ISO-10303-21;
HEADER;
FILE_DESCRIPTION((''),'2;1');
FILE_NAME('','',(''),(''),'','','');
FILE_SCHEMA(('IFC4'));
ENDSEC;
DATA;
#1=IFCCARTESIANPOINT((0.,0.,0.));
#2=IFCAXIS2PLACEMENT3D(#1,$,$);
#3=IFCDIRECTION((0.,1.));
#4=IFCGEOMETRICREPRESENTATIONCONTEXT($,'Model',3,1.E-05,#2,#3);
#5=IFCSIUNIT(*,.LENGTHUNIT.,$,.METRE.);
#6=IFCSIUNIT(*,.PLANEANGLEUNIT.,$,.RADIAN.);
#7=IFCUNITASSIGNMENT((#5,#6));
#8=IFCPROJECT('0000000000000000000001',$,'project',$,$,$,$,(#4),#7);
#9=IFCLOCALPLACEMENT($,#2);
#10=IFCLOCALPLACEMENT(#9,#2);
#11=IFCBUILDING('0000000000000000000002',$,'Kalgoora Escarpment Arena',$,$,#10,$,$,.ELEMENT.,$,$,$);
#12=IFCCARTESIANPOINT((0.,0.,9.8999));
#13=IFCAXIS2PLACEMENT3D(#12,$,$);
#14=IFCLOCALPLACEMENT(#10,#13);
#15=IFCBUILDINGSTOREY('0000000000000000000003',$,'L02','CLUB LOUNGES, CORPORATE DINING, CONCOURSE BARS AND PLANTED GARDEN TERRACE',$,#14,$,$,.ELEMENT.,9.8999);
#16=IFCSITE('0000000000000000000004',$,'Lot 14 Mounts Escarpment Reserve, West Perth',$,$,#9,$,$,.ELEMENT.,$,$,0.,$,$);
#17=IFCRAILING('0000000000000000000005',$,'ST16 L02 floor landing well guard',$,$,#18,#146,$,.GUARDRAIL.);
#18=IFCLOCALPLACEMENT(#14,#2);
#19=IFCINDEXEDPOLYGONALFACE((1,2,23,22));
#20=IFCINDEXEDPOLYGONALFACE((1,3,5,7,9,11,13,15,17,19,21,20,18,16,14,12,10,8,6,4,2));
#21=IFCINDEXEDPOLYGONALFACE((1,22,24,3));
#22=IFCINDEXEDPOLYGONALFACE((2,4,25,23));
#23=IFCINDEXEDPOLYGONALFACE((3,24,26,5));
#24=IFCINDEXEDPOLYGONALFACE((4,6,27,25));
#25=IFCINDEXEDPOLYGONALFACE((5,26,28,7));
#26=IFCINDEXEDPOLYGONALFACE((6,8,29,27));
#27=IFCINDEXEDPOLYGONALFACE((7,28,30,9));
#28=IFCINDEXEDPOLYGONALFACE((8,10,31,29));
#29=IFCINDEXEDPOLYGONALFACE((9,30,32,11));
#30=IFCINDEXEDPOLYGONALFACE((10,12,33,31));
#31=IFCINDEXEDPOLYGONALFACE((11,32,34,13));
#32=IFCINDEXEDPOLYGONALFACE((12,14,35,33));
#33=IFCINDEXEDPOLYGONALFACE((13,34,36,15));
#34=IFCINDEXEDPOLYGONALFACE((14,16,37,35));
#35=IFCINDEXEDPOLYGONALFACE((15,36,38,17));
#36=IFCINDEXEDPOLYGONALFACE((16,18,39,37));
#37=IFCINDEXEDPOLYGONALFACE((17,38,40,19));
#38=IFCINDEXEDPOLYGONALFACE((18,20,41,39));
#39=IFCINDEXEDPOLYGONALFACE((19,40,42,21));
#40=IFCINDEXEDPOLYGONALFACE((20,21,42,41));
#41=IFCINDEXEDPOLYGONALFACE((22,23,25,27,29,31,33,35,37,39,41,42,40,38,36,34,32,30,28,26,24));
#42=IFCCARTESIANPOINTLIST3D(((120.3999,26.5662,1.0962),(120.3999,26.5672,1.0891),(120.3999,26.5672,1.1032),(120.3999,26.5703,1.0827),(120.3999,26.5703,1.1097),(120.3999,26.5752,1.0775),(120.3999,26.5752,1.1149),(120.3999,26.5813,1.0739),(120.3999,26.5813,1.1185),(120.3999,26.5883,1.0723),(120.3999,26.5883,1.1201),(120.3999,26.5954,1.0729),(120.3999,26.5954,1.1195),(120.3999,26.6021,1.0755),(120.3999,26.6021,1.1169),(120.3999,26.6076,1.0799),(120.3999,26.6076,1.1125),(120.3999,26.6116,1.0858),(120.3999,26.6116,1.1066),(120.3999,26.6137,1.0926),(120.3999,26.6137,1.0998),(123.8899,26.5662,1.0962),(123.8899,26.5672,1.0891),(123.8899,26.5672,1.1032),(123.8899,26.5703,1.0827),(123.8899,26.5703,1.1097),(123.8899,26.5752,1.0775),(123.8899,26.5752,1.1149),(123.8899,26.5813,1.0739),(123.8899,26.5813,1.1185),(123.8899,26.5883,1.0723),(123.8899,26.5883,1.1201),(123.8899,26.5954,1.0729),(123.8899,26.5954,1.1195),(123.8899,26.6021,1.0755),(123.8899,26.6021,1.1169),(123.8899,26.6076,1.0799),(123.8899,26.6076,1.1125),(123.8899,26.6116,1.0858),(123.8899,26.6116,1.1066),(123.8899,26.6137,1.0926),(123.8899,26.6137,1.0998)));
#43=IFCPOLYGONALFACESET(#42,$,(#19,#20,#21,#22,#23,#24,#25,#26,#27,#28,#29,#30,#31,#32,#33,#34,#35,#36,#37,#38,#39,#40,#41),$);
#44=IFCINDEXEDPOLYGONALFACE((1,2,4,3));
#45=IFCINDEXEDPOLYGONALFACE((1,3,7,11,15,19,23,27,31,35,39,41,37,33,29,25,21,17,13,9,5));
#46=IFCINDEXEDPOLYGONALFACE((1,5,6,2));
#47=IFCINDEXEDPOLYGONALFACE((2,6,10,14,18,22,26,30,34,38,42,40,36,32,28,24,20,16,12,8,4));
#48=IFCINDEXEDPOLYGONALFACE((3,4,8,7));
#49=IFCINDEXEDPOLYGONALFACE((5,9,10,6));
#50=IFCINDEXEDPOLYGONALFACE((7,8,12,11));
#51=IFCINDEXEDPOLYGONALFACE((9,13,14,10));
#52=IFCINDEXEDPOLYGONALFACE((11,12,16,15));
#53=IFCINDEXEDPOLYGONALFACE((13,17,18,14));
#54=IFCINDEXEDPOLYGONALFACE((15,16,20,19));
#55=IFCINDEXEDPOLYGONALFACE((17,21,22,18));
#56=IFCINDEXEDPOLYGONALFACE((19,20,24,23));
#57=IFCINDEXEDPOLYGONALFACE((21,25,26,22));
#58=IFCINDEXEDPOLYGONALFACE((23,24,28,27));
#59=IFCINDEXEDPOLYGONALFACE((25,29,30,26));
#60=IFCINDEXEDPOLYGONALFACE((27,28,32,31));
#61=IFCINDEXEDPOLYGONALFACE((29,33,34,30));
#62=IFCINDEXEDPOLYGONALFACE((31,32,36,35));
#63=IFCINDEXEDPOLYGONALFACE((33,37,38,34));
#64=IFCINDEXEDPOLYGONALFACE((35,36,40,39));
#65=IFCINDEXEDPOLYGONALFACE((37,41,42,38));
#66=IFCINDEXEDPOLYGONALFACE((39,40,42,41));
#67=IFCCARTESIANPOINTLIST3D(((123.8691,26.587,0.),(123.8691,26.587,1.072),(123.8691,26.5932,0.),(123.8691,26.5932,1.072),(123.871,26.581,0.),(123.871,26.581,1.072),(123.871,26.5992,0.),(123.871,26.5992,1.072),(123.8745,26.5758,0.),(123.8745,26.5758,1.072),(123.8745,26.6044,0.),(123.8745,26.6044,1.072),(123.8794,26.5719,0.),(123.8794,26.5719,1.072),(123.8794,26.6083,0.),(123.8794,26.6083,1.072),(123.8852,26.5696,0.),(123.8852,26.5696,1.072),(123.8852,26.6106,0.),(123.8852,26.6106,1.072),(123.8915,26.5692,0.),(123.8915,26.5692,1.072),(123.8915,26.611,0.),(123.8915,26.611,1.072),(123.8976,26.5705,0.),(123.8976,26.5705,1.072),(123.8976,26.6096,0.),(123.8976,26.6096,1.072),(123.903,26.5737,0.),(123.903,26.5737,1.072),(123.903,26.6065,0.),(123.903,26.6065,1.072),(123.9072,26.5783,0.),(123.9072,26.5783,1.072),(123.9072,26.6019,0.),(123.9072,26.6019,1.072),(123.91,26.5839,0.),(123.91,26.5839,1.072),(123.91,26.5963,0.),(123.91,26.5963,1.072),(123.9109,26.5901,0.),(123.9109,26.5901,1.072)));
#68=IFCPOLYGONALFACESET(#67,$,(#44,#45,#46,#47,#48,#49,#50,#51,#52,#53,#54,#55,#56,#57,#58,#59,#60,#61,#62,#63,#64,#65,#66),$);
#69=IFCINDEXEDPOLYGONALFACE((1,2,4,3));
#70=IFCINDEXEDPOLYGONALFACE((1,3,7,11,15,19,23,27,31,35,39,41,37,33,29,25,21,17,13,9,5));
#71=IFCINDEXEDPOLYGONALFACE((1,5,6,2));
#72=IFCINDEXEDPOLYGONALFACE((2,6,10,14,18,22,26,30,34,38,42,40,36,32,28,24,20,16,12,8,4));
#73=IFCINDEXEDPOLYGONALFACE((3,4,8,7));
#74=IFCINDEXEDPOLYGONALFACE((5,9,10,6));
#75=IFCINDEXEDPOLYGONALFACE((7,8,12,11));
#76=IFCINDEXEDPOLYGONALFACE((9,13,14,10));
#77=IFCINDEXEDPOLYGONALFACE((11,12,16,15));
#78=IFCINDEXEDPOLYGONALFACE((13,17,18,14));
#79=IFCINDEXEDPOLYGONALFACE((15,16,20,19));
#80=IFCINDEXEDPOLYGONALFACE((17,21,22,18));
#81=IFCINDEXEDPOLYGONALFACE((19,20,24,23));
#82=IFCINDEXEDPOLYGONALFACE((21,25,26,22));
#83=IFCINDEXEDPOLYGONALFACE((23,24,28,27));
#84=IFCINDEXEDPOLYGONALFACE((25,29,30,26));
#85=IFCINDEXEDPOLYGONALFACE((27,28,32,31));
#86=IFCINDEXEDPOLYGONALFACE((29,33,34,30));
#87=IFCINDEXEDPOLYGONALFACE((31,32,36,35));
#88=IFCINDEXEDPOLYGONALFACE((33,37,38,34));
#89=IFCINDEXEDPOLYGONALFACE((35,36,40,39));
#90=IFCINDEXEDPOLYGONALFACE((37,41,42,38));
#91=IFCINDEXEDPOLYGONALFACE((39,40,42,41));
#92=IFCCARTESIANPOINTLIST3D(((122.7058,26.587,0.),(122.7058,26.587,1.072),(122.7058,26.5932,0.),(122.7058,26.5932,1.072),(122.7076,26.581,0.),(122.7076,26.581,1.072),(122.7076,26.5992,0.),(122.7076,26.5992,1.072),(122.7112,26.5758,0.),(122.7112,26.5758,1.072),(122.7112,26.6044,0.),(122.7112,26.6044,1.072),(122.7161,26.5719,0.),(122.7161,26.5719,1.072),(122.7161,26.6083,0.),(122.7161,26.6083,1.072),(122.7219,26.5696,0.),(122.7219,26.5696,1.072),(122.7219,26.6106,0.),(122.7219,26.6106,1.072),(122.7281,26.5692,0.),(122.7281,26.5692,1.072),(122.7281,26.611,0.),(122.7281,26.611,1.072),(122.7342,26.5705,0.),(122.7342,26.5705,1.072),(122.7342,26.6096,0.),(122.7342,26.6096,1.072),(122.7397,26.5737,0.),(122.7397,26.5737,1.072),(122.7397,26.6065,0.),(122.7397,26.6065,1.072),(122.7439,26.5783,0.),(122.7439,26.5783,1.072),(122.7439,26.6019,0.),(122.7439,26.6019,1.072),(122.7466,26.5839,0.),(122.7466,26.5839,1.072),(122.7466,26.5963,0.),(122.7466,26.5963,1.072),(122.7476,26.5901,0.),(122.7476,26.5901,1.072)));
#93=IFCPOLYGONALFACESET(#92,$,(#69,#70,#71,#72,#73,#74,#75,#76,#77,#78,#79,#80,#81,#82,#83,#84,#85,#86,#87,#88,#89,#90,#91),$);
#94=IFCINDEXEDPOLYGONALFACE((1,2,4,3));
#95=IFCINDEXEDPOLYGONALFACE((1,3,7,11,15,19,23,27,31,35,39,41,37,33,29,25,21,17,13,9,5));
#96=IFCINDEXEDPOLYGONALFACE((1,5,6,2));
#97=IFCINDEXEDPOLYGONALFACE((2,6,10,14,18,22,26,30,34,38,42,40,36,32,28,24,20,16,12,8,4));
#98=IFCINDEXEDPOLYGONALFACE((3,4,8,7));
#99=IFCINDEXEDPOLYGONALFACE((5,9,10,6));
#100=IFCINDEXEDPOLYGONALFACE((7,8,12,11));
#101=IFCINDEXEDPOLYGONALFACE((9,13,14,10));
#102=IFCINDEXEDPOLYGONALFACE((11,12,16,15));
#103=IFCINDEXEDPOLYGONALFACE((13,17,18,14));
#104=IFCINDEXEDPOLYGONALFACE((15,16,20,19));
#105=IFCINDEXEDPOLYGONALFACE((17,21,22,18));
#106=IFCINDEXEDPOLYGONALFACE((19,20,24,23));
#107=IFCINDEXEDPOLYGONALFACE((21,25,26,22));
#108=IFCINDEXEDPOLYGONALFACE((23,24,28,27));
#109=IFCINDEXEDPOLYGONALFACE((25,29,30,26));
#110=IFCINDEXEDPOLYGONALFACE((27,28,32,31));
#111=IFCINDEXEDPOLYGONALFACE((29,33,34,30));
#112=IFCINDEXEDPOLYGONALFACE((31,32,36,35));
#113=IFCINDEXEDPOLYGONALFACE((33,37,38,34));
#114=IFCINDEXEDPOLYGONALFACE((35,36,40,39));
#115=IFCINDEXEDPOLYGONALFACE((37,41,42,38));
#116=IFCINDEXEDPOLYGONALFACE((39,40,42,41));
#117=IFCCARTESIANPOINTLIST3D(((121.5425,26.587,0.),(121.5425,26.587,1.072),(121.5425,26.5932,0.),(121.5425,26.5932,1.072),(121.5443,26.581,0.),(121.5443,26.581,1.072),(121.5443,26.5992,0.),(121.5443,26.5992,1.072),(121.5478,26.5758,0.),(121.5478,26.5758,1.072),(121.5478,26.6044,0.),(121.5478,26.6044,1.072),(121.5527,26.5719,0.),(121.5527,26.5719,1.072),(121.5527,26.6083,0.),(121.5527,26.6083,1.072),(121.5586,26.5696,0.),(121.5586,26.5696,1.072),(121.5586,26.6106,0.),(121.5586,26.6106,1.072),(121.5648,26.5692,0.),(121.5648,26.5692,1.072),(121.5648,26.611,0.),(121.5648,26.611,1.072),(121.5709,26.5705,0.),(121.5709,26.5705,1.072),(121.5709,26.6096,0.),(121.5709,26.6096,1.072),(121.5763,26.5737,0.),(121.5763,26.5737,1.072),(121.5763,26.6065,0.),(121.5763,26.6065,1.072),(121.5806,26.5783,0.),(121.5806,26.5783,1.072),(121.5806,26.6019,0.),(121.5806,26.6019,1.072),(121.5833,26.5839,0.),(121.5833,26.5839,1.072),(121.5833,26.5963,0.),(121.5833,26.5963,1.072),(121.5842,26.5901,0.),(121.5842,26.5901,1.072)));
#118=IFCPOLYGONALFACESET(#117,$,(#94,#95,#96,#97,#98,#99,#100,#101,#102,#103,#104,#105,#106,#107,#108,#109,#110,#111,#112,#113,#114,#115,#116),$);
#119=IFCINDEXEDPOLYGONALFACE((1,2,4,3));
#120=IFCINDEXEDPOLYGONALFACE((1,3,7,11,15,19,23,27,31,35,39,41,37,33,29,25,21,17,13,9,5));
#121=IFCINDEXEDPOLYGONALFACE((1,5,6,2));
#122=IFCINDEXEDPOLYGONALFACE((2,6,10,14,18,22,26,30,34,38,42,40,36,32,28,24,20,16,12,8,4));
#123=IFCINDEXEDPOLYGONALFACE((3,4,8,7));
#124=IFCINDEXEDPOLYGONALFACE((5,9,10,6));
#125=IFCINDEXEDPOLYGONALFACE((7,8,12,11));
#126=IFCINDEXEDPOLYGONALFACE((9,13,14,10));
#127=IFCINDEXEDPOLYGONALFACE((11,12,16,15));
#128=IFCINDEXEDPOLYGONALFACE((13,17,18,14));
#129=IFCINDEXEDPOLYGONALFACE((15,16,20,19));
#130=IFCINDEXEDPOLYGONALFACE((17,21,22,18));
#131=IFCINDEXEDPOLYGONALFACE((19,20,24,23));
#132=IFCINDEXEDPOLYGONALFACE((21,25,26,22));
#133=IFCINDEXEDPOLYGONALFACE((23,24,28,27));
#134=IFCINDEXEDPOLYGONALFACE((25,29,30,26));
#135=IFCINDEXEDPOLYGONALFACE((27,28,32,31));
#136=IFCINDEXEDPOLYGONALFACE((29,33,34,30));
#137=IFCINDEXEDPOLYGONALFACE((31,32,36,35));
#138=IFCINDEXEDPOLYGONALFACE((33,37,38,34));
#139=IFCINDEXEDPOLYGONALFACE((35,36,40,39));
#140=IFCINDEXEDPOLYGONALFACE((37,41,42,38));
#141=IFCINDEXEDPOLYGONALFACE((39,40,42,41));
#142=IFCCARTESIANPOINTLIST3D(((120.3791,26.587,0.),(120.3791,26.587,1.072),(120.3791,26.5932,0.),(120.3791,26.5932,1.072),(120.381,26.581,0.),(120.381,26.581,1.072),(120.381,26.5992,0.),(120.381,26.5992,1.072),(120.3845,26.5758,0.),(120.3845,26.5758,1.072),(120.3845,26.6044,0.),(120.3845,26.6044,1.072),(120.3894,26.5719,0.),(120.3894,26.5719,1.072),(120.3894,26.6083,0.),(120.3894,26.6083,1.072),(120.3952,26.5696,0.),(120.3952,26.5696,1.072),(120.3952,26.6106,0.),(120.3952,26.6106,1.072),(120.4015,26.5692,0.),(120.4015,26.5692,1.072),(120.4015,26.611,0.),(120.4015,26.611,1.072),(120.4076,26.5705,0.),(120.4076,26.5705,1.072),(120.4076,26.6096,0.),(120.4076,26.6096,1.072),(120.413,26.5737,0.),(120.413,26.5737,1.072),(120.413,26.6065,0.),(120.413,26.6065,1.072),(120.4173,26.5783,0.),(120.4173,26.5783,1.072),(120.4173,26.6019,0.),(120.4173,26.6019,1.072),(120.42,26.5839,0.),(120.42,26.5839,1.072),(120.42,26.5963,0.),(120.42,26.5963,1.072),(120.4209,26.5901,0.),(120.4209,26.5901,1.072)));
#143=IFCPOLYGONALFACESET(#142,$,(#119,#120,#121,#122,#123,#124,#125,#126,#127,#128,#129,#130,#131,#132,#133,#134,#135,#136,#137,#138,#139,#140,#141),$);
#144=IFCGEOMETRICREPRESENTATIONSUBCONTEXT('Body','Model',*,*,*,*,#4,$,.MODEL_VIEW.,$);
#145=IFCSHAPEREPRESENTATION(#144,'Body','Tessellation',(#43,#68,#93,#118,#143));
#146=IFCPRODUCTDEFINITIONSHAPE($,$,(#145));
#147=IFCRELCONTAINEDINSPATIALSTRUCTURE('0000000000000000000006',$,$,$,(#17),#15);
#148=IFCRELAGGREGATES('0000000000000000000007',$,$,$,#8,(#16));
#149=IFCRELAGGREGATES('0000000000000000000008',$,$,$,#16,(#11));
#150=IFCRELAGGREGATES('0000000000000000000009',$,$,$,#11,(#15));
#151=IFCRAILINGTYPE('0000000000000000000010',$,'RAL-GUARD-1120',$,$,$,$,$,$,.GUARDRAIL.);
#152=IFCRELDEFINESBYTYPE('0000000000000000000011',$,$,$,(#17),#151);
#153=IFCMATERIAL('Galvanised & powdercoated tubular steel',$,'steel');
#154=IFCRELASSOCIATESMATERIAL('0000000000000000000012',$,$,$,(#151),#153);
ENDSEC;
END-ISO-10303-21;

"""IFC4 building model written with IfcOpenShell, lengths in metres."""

from ifc_helpers import new_model, si_unit, direction, frame, origin, origin_2d, place, context, subcontext, project, spatial, circle, extrude, material, type_object, element, save


model = new_model("IFC4")

# Units and contexts
model_context = context("Model", 3, precision=1e-05, world=origin(), true_north=direction((0.0, 1.0)))
body_context = subcontext(model_context, "Body", "Model", "MODEL_VIEW")
ifc_project = project(units=[si_unit("LENGTHUNIT", "METRE"), si_unit("PLANEANGLEUNIT", "RADIAN")], contexts=[model_context])

# Site, building, storey
site_placement = place(None, origin())
site = spatial("IfcSite", under=ifc_project, at=site_placement, Name="Lot 14 Mounts Escarpment Reserve, West Perth", CompositionType="ELEMENT", RefElevation=0.0)
building_placement = place(site_placement, origin())
building = spatial("IfcBuilding", under=site, at=building_placement, Name="Kalgoora Escarpment Arena", CompositionType="ELEMENT")
storey_placement = place(building_placement, frame((0.0, 0.0, 9.8999)))
storey = spatial("IfcBuildingStorey", under=building, at=storey_placement, Name="L02", Description="CLUB LOUNGES, CORPORATE DINING, CONCOURSE BARS AND PLANTED GARDEN TERRACE", CompositionType="ELEMENT", Elevation=9.8999)

# Railing
ifc_material_1 = material(Name="Galvanised & powdercoated tubular steel", Category="steel")
railing_type_1 = type_object("IfcRailingType", Name="RAL-GUARD-1120", PredefinedType="GUARDRAIL", material=ifc_material_1)
railing_1_placement = place(storey_placement, frame((123.8899, 26.5901, 0.0)))
element("IfcRailing", 1, at=railing_1_placement, inside=storey, type_object=railing_type_1, Name="ST16 L02 floor landing well guard", PredefinedType="GUARDRAIL", context=body_context, shape_type="SweptSolid", body=[
    extrude(circle(Radius=0.0239, at=origin_2d()), frame((0.0, 0.0, 1.0962), z_axis=(-1.0, 0.0, 0.0), x_axis=(0.0, -1.0, 0.0)), (0.0, 0.0, 1.0), 3.49),
    extrude(circle(Radius=0.021, at=origin_2d()), origin(), (0.0, 0.0, 1.0), 1.072),
    extrude(circle(Radius=0.021, at=origin_2d()), frame((-1.1633, 0.0, 0.0)), (0.0, 0.0, 1.0), 1.072),
    extrude(circle(Radius=0.021, at=origin_2d()), frame((-2.3267, 0.0, 0.0)), (0.0, 0.0, 1.0), 1.072),
    extrude(circle(Radius=0.021, at=origin_2d()), frame((-3.49, 0.0, 0.0)), (0.0, 0.0, 1.0), 1.072),
])

save(model, "model.ifc")
